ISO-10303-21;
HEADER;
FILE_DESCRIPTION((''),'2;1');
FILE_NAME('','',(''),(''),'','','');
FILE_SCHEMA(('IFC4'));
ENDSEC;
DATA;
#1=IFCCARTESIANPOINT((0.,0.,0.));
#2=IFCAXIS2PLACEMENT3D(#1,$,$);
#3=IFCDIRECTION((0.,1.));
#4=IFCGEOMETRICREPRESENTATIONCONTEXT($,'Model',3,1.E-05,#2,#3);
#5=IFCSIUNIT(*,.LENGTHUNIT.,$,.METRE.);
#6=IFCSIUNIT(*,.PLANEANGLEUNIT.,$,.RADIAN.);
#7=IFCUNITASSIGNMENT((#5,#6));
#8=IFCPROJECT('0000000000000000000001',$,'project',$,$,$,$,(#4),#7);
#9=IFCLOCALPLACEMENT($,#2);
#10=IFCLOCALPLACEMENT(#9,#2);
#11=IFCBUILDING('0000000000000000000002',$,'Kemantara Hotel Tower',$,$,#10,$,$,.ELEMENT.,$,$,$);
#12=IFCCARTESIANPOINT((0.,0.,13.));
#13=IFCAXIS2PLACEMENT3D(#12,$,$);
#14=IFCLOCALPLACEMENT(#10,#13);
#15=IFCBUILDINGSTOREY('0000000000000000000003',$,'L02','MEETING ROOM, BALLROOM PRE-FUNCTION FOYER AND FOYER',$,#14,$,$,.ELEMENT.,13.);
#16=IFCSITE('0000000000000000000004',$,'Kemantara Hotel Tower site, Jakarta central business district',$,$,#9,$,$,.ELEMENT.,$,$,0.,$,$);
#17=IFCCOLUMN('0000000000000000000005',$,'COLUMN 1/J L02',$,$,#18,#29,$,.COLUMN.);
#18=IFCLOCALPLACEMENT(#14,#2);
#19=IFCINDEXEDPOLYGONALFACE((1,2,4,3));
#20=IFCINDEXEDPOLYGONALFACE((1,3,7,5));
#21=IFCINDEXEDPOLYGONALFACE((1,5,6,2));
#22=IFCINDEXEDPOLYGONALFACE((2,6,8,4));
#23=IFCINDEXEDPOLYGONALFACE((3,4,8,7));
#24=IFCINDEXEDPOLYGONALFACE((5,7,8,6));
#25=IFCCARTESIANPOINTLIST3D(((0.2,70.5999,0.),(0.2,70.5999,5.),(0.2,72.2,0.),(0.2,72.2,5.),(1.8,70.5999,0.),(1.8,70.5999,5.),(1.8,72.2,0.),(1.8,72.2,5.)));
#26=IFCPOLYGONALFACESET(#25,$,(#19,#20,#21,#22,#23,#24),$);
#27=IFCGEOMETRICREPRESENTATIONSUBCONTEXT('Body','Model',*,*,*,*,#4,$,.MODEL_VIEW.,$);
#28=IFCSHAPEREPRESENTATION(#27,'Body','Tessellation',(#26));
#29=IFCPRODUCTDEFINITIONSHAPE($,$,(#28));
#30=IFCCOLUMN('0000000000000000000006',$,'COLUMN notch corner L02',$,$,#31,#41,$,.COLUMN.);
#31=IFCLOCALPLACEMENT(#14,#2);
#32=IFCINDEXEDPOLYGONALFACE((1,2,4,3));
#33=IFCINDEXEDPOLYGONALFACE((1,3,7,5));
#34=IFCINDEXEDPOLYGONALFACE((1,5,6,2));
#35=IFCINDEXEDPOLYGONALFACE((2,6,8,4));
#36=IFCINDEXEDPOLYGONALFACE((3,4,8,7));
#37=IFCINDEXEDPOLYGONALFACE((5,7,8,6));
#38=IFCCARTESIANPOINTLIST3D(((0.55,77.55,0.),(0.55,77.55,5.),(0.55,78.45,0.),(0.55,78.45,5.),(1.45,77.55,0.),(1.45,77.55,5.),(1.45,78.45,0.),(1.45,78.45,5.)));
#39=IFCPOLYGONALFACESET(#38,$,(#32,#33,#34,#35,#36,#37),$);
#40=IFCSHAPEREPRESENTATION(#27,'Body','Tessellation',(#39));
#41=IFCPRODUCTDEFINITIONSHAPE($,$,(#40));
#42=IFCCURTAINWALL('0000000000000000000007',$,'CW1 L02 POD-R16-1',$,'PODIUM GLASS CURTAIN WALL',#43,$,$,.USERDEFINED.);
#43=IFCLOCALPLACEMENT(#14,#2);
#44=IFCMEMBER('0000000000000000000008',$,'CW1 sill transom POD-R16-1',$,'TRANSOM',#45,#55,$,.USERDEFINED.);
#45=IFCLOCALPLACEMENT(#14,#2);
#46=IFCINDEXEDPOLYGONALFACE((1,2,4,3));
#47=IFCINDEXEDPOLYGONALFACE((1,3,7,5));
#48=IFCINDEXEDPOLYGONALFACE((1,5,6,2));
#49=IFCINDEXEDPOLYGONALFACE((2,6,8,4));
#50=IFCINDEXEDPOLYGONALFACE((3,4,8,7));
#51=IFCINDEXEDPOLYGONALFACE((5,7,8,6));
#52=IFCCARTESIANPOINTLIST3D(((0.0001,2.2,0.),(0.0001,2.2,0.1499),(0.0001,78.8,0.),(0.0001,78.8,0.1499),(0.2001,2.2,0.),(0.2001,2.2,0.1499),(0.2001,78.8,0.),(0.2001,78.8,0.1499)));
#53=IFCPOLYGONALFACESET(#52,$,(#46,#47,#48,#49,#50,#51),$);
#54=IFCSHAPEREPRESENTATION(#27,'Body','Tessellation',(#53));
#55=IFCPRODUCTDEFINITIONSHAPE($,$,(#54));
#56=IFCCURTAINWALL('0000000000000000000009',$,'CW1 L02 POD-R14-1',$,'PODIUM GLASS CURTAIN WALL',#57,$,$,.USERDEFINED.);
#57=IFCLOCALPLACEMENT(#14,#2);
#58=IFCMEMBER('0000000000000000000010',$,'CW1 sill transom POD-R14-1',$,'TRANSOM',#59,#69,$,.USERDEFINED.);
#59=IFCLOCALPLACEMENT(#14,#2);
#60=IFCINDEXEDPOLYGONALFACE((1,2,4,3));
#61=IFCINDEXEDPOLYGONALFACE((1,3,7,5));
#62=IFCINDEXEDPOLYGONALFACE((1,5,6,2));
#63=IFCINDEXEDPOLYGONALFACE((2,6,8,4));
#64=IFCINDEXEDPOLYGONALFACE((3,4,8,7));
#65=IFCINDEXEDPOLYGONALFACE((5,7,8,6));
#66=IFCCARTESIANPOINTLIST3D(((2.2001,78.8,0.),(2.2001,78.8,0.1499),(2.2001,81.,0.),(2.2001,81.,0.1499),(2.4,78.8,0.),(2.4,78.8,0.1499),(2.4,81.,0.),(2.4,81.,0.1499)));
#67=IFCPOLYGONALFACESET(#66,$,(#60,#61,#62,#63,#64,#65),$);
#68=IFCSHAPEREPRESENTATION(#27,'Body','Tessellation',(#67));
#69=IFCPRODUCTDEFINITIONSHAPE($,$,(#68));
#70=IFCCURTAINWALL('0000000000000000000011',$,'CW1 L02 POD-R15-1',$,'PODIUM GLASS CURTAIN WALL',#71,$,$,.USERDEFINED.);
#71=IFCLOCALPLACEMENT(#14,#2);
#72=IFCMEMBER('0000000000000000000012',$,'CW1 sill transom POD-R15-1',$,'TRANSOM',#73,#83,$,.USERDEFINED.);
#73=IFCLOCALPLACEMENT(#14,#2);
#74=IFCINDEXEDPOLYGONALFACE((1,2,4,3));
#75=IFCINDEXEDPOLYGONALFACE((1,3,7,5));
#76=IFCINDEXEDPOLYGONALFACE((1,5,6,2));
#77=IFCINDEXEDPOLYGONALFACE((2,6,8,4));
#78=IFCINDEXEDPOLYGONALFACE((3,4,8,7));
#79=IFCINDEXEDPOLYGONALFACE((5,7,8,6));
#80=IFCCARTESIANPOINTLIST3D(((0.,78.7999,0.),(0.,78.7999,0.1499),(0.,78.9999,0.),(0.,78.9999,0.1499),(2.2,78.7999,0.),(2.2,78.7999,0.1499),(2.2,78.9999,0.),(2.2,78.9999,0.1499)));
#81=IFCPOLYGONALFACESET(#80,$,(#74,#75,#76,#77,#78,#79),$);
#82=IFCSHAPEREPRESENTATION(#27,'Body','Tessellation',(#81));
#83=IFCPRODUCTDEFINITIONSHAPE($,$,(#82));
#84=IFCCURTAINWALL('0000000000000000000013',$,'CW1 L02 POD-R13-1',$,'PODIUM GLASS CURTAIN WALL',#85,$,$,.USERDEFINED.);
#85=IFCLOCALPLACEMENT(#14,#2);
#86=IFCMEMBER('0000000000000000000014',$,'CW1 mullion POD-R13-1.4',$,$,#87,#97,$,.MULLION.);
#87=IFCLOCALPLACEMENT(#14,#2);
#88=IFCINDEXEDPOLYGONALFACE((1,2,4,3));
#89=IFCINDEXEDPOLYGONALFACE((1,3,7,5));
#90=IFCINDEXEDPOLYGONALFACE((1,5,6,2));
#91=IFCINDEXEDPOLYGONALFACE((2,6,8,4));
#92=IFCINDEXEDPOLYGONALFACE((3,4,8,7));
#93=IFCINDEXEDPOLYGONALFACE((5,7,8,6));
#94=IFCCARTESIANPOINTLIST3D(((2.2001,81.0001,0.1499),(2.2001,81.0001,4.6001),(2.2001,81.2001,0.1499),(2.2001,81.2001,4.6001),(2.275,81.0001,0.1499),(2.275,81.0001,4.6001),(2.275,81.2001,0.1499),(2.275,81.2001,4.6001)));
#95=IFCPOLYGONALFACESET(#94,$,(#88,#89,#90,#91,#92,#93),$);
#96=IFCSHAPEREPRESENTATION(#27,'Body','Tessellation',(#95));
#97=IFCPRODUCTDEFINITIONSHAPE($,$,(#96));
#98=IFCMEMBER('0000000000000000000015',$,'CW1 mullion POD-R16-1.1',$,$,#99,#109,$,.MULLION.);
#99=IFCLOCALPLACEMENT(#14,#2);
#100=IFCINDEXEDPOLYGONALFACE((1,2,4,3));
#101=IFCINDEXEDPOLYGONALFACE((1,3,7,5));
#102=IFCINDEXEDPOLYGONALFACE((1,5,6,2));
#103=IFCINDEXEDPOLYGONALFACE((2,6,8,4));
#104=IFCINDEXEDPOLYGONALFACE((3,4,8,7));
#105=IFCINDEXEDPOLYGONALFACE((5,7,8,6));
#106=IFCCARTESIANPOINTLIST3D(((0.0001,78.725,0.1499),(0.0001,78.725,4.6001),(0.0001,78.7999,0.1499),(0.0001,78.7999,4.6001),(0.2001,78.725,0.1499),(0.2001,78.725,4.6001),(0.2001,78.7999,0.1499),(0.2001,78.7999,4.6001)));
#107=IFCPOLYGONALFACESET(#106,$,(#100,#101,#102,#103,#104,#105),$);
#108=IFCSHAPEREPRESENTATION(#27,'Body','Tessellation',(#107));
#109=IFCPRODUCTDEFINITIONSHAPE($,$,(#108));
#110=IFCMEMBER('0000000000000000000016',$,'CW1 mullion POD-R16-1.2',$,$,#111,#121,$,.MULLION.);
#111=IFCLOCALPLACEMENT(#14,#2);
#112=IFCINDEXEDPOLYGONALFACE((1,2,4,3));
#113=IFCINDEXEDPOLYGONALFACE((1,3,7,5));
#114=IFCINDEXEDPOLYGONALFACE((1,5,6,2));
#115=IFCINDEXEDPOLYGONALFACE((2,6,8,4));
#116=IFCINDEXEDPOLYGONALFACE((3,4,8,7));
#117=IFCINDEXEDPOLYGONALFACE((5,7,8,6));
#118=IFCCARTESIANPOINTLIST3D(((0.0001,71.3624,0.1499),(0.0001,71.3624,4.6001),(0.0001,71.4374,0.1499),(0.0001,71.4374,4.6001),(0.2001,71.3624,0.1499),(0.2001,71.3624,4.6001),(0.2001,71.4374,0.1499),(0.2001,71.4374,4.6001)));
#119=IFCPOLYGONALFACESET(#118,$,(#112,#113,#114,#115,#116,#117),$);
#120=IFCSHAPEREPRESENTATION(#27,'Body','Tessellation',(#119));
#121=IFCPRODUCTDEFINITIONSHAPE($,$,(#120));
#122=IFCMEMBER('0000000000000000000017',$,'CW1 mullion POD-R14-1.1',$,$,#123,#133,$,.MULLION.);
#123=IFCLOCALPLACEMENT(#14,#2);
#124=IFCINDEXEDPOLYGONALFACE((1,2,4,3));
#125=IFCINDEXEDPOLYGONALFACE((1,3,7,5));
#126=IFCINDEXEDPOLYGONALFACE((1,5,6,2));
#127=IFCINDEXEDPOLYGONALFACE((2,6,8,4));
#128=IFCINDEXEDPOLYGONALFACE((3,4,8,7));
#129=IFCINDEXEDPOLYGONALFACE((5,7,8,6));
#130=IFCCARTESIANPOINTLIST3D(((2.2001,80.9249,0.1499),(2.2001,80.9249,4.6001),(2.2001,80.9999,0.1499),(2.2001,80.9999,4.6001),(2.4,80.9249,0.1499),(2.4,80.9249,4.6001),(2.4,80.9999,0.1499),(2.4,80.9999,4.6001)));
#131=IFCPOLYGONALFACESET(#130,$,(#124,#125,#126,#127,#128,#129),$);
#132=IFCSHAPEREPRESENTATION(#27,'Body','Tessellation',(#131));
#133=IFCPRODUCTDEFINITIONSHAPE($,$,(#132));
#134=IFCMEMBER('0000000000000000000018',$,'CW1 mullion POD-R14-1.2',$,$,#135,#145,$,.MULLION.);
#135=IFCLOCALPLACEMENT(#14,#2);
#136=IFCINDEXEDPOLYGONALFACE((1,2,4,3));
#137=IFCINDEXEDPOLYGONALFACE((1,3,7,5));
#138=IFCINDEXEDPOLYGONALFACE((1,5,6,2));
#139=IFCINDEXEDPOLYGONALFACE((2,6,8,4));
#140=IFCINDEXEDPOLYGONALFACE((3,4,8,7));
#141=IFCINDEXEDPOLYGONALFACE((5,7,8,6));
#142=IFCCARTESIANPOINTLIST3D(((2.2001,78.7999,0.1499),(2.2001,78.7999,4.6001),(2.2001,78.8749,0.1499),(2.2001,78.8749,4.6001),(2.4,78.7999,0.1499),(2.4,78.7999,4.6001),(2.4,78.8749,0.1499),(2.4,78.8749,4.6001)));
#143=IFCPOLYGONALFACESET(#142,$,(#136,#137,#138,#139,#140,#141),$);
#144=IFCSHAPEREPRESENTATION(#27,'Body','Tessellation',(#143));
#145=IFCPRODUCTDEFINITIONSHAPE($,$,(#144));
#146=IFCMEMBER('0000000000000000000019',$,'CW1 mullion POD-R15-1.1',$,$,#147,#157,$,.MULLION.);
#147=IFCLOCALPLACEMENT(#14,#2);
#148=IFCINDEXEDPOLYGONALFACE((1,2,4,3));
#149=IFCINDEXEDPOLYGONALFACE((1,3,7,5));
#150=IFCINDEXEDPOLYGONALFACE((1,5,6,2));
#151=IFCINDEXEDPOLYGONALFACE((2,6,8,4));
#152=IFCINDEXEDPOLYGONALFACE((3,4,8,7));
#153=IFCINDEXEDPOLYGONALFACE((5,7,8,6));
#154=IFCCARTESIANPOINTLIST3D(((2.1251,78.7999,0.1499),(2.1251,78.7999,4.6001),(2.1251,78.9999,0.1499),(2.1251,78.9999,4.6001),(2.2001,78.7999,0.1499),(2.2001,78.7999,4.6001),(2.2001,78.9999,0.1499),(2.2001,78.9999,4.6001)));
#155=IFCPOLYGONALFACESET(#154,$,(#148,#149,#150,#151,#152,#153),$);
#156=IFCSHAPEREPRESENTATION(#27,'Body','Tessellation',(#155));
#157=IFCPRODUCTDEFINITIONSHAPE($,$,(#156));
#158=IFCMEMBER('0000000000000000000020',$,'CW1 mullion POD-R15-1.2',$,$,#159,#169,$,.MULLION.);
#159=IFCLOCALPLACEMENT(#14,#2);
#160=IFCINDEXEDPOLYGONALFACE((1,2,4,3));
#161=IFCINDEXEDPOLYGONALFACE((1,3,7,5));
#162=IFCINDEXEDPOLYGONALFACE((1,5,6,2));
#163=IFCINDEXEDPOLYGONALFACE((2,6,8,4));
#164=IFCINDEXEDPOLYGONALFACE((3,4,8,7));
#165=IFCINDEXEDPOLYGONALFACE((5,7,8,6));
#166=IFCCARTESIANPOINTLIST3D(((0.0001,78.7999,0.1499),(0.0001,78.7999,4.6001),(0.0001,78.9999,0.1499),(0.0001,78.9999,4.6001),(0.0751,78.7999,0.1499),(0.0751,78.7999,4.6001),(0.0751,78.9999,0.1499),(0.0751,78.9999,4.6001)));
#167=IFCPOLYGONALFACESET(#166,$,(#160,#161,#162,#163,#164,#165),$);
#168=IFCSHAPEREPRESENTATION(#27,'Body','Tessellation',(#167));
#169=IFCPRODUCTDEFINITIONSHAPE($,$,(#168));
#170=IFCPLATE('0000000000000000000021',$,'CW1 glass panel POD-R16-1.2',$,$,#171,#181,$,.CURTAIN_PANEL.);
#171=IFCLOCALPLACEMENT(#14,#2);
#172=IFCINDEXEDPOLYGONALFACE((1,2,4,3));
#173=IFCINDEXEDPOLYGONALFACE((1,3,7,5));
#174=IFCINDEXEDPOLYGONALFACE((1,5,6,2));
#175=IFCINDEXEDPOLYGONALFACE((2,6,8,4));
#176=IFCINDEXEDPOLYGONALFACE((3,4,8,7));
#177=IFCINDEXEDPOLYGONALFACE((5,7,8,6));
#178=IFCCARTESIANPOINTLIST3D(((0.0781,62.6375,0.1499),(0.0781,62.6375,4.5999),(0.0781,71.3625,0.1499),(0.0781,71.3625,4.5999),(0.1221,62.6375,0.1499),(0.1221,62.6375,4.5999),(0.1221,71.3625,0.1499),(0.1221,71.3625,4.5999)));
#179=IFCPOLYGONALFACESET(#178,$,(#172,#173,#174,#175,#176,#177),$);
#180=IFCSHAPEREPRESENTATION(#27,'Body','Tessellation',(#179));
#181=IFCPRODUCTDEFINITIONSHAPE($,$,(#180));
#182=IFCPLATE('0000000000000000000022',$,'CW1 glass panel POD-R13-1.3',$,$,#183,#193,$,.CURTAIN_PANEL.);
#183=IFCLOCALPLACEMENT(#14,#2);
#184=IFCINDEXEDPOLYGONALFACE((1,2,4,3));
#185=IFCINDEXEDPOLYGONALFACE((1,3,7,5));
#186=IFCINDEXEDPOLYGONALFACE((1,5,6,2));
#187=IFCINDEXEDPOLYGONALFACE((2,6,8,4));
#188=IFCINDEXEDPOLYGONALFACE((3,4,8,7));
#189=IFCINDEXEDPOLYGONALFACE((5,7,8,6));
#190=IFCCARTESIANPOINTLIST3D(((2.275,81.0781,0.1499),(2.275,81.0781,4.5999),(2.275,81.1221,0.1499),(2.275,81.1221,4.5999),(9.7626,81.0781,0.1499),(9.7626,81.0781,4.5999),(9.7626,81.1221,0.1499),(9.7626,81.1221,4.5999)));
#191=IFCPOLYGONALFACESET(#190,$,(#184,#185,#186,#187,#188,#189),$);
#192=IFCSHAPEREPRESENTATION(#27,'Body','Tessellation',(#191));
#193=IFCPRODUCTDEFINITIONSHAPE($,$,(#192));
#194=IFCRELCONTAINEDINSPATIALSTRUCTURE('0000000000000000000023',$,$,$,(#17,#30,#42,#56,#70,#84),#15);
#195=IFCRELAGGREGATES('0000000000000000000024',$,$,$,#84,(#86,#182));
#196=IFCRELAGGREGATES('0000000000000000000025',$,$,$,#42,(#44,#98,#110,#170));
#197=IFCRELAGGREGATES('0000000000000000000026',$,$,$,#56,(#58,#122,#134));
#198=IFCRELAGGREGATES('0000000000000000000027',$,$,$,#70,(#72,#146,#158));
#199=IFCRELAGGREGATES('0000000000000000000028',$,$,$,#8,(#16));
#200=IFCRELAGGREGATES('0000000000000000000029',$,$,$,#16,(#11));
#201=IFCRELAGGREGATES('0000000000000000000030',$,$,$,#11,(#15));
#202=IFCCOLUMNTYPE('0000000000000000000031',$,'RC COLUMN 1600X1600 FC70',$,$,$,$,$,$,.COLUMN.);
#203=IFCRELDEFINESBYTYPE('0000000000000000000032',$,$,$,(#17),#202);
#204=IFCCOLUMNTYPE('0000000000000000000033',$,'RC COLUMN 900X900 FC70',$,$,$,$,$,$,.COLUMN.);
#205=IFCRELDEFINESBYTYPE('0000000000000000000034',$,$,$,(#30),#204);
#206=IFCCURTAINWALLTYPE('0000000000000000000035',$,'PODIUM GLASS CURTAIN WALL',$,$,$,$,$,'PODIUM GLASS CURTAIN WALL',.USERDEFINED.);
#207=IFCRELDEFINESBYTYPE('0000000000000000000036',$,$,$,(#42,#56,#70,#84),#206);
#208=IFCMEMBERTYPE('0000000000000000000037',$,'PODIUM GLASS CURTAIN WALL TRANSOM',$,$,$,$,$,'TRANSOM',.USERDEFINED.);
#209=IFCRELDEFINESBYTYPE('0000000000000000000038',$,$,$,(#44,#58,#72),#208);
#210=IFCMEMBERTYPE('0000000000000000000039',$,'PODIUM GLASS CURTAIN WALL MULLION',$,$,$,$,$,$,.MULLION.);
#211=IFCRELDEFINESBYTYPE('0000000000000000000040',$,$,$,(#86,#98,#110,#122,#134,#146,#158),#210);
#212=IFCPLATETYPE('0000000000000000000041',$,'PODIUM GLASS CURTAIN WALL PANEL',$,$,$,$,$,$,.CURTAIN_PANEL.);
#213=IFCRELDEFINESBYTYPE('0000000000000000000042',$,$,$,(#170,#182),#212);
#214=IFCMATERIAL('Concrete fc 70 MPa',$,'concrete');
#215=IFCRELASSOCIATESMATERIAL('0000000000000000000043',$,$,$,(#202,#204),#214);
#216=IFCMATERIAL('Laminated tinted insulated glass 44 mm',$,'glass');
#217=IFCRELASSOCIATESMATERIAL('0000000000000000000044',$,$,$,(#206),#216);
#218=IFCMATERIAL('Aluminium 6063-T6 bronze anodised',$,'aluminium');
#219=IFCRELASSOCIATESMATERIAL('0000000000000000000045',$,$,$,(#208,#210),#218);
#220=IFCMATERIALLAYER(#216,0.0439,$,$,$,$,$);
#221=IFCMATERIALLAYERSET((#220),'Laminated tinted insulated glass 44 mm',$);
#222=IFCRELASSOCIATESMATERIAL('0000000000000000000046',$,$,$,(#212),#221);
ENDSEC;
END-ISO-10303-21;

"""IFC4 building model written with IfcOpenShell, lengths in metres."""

from ifc_helpers import new_model, si_unit, direction, frame, origin, origin_2d, place, context, subcontext, project, spatial, rectangle, extrude, source, transform, mapped, material, layer, layer_set, material_profile, profile_set, type_object, element, aggregate, save


model = new_model("IFC4")

# Units and contexts
model_context = context("Model", 3, precision=1e-05, world=origin(), true_north=direction((0.0, 1.0)))
body_context = subcontext(model_context, "Body", "Model", "MODEL_VIEW")
ifc_project = project(units=[si_unit("LENGTHUNIT", "METRE"), si_unit("PLANEANGLEUNIT", "RADIAN")], contexts=[model_context])

# Site, building, storey
site_placement = place(None, origin())
site = spatial("IfcSite", under=ifc_project, at=site_placement, Name="Kemantara Hotel Tower site, Jakarta central business district", CompositionType="ELEMENT", RefElevation=0.0)
building_placement = place(site_placement, origin())
building = spatial("IfcBuilding", under=site, at=building_placement, Name="Kemantara Hotel Tower", CompositionType="ELEMENT")
storey_placement = place(building_placement, frame((0.0, 0.0, 13.0)))
storey = spatial("IfcBuildingStorey", under=building, at=storey_placement, Name="L02", Description="MEETING ROOM, BALLROOM PRE-FUNCTION FOYER AND FOYER", CompositionType="ELEMENT", Elevation=13.0)

# Columns
ifc_material_1 = material(Name="Concrete fc 70 MPa", Category="concrete")
ifc_material_profile_1 = material_profile(ifc_material_1, rectangle(XDim=1.6001, YDim=1.6001, at=origin_2d()), Name="RC 1600X1600")
ifc_profile_set_1 = profile_set([ifc_material_profile_1], Name="Concrete fc 70 MPa")
column_type_1 = type_object("IfcColumnType", Name="RC COLUMN 1600X1600 FC70", PredefinedType="COLUMN", material=ifc_profile_set_1)
column_1_placement = place(storey_placement, frame((1.0, 71.3999, 0.0), z_axis=(0.0, 0.0, 1.0), x_axis=(1.0, 0.0, 0.0)))
element("IfcColumn", 1, at=column_1_placement, inside=storey, type_object=column_type_1, Name="COLUMN 1/J L02", PredefinedType="COLUMN", context=body_context, shape_type="SweptSolid", body=[
    extrude(rectangle(XDim=1.6001, YDim=1.6001, at=origin_2d()), origin(), (0.0, 0.0, 1.0), 5.0),
])
ifc_material_profile_2 = material_profile(ifc_material_1, rectangle(XDim=0.8999, YDim=0.8999, at=origin_2d()), Name="RC 900X900")
ifc_profile_set_2 = profile_set([ifc_material_profile_2], Name="Concrete fc 70 MPa")
column_type_2 = type_object("IfcColumnType", Name="RC COLUMN 900X900 FC70", PredefinedType="COLUMN", material=ifc_profile_set_2)
column_2_placement = place(storey_placement, frame((1.0, 78.0, 0.0), z_axis=(0.0, 0.0, 1.0), x_axis=(1.0, 0.0, 0.0)))
element("IfcColumn", 2, at=column_2_placement, inside=storey, type_object=column_type_2, Name="COLUMN notch corner L02", PredefinedType="COLUMN", context=body_context, shape_type="SweptSolid", body=[
    extrude(rectangle(XDim=0.8999, YDim=0.8999, at=origin_2d()), origin(), (0.0, 0.0, 1.0), 5.0),
])

# Curtain walls, members
ifc_material_2 = material(Name="Laminated tinted insulated glass 44 mm", Category="glass")
curtain_wall_type = type_object("IfcCurtainWallType", Name="PODIUM GLASS CURTAIN WALL", ElementType="PODIUM GLASS CURTAIN WALL", PredefinedType="USERDEFINED", material=ifc_material_2)
curtain_wall_1_placement = place(storey_placement, origin())
curtain_wall_1 = element("IfcCurtainWall", 3, at=curtain_wall_1_placement, inside=storey, type_object=curtain_wall_type, Name="CW1 L02 POD-R16-1", ObjectType="PODIUM GLASS CURTAIN WALL", PredefinedType="USERDEFINED")
ifc_material_3 = material(Name="Aluminium 6063-T6 bronze anodised", Category="aluminium")
ifc_material_profile_3 = material_profile(ifc_material_3, rectangle(XDim=0.2, YDim=0.1499, at=origin_2d()), Name="PODIUM GLASS CURTAIN WALL TRANSOM")
ifc_profile_set_3 = profile_set([ifc_material_profile_3], Name="Aluminium 6063-T6 bronze anodised")
member_type_1 = type_object("IfcMemberType", Name="PODIUM GLASS CURTAIN WALL TRANSOM", ElementType="TRANSOM", PredefinedType="USERDEFINED", material=ifc_profile_set_3)
member_1_placement = place(storey_placement, frame((0.1001, 78.8, 0.075), z_axis=(0.0, -1.0, 0.0), x_axis=(1.0, 0.0, 0.0)))
member_1 = element("IfcMember", 4, at=member_1_placement, type_object=member_type_1, Name="CW1 sill transom POD-R16-1", ObjectType="TRANSOM", PredefinedType="USERDEFINED", context=body_context, shape_type="SweptSolid", body=[
    extrude(rectangle(XDim=0.2, YDim=0.1499, at=origin_2d()), origin(), (0.0, 0.0, 1.0), 76.6001),
])
curtain_wall_2_placement = place(storey_placement, origin())
curtain_wall_2 = element("IfcCurtainWall", 5, at=curtain_wall_2_placement, inside=storey, type_object=curtain_wall_type, Name="CW1 L02 POD-R14-1", ObjectType="PODIUM GLASS CURTAIN WALL", PredefinedType="USERDEFINED")
member_2_placement = place(storey_placement, frame((2.3, 81.0, 0.075), z_axis=(0.0, -1.0, 0.0), x_axis=(1.0, 0.0, 0.0)))
member_2 = element("IfcMember", 6, at=member_2_placement, type_object=member_type_1, Name="CW1 sill transom POD-R14-1", ObjectType="TRANSOM", PredefinedType="USERDEFINED", context=body_context, shape_type="SweptSolid", body=[
    extrude(rectangle(XDim=0.2, YDim=0.1499, at=origin_2d()), origin(), (0.0, 0.0, 1.0), 2.2),
])
curtain_wall_3_placement = place(storey_placement, origin())
curtain_wall_3 = element("IfcCurtainWall", 7, at=curtain_wall_3_placement, inside=storey, type_object=curtain_wall_type, Name="CW1 L02 POD-R15-1", ObjectType="PODIUM GLASS CURTAIN WALL", PredefinedType="USERDEFINED")
member_3_placement = place(storey_placement, frame((2.2, 78.8999, 0.075), z_axis=(-1.0, 0.0, 0.0), x_axis=(0.0, -1.0, 0.0)))
member_3 = element("IfcMember", 8, at=member_3_placement, type_object=member_type_1, Name="CW1 sill transom POD-R15-1", ObjectType="TRANSOM", PredefinedType="USERDEFINED", context=body_context, shape_type="SweptSolid", body=[
    extrude(rectangle(XDim=0.2, YDim=0.1499, at=origin_2d()), origin(), (0.0, 0.0, 1.0), 2.2),
])
curtain_wall_4_placement = place(storey_placement, origin())
curtain_wall_4 = element("IfcCurtainWall", 9, at=curtain_wall_4_placement, inside=storey, type_object=curtain_wall_type, Name="CW1 L02 POD-R13-1", ObjectType="PODIUM GLASS CURTAIN WALL", PredefinedType="USERDEFINED")
ifc_material_profile_4 = material_profile(ifc_material_3, rectangle(XDim=0.2, YDim=0.075, at=origin_2d()), Name="PODIUM GLASS CURTAIN WALL MULLION")
ifc_profile_set_4 = profile_set([ifc_material_profile_4], Name="Aluminium 6063-T6 bronze anodised")
member_type_2 = type_object("IfcMemberType", Name="PODIUM GLASS CURTAIN WALL MULLION", PredefinedType="MULLION", material=ifc_profile_set_4)
shared_shape_1 = source(origin(), body_context, "Body", "SweptSolid", [
    extrude(rectangle(XDim=0.2, YDim=0.075, at=origin_2d()), origin(), (0.0, 0.0, 1.0), 4.4502),
])
member_4_placement = place(storey_placement, frame((2.2375, 81.1001, 0.1499), z_axis=(0.0, 0.0, 1.0), x_axis=(0.0, -1.0, 0.0)))
member_4 = element("IfcMember", 10, at=member_4_placement, type_object=member_type_2, Name="CW1 mullion POD-R13-1.4", PredefinedType="MULLION", context=body_context, shape_type="MappedRepresentation", body=[
    mapped(shared_shape_1, transform((0.0, 0.0, 0.0))),
])

# Members
member_5_placement = place(storey_placement, frame((0.1001, 78.7625, 0.1499), z_axis=(0.0, 0.0, 1.0), x_axis=(1.0, 0.0, 0.0)))
member_5 = element("IfcMember", 11, at=member_5_placement, type_object=member_type_2, Name="CW1 mullion POD-R16-1.1", PredefinedType="MULLION", context=body_context, shape_type="MappedRepresentation", body=[
    mapped(shared_shape_1, transform((0.0, 0.0, 0.0))),
])
member_6_placement = place(storey_placement, frame((0.1001, 71.3999, 0.1499), z_axis=(0.0, 0.0, 1.0), x_axis=(1.0, 0.0, 0.0)))
member_6 = element("IfcMember", 12, at=member_6_placement, type_object=member_type_2, Name="CW1 mullion POD-R16-1.2", PredefinedType="MULLION", context=body_context, shape_type="MappedRepresentation", body=[
    mapped(shared_shape_1, transform((0.0, 0.0, 0.0))),
])
member_7_placement = place(storey_placement, frame((2.3, 80.9624, 0.1499), z_axis=(0.0, 0.0, 1.0), x_axis=(1.0, 0.0, 0.0)))
member_7 = element("IfcMember", 13, at=member_7_placement, type_object=member_type_2, Name="CW1 mullion POD-R14-1.1", PredefinedType="MULLION", context=body_context, shape_type="MappedRepresentation", body=[
    mapped(shared_shape_1, transform((0.0, 0.0, 0.0))),
])
member_8_placement = place(storey_placement, frame((2.3, 78.8374, 0.1499), z_axis=(0.0, 0.0, 1.0), x_axis=(1.0, 0.0, 0.0)))
member_8 = element("IfcMember", 14, at=member_8_placement, type_object=member_type_2, Name="CW1 mullion POD-R14-1.2", PredefinedType="MULLION", context=body_context, shape_type="MappedRepresentation", body=[
    mapped(shared_shape_1, transform((0.0, 0.0, 0.0))),
])
member_9_placement = place(storey_placement, frame((2.1626, 78.8999, 0.1499), z_axis=(0.0, 0.0, 1.0), x_axis=(0.0, -1.0, 0.0)))
member_9 = element("IfcMember", 15, at=member_9_placement, type_object=member_type_2, Name="CW1 mullion POD-R15-1.1", PredefinedType="MULLION", context=body_context, shape_type="MappedRepresentation", body=[
    mapped(shared_shape_1, transform((0.0, 0.0, 0.0))),
])
member_10_placement = place(storey_placement, frame((0.0376, 78.8999, 0.1499), z_axis=(0.0, 0.0, 1.0), x_axis=(0.0, -1.0, 0.0)))
member_10 = element("IfcMember", 16, at=member_10_placement, type_object=member_type_2, Name="CW1 mullion POD-R15-1.2", PredefinedType="MULLION", context=body_context, shape_type="MappedRepresentation", body=[
    mapped(shared_shape_1, transform((0.0, 0.0, 0.0))),
])

# Plates
ifc_layer_1 = layer(ifc_material_2, 0.0439)
ifc_layer_set_1 = layer_set([ifc_layer_1], Name="Laminated tinted insulated glass 44 mm")
plate_type = type_object("IfcPlateType", Name="PODIUM GLASS CURTAIN WALL PANEL", PredefinedType="CURTAIN_PANEL", material=ifc_layer_set_1)
shared_shape_2 = source(origin(), body_context, "Body", "SweptSolid", [
    extrude(rectangle(XDim=8.7251, YDim=0.0439, at=origin_2d()), origin(), (0.0, 0.0, 1.0), 4.45),
])
plate_1_placement = place(storey_placement, frame((0.1001, 67.0, 0.1499), z_axis=(0.0, 0.0, 1.0), x_axis=(0.0, -1.0, 0.0)))
plate_1 = element("IfcPlate", 17, at=plate_1_placement, type_object=plate_type, Name="CW1 glass panel POD-R16-1.2", PredefinedType="CURTAIN_PANEL", context=body_context, shape_type="MappedRepresentation", body=[
    mapped(shared_shape_2, transform((0.0, 0.0, 0.0))),
])
shared_shape_3 = source(origin(), body_context, "Body", "SweptSolid", [
    extrude(rectangle(XDim=7.4875, YDim=0.0439, at=origin_2d()), origin(), (0.0, 0.0, 1.0), 4.45),
])
plate_2_placement = place(storey_placement, frame((6.0188, 81.1001, 0.1499), z_axis=(0.0, 0.0, 1.0), x_axis=(-1.0, 0.0, 0.0)))
plate_2 = element("IfcPlate", 18, at=plate_2_placement, type_object=plate_type, Name="CW1 glass panel POD-R13-1.3", PredefinedType="CURTAIN_PANEL", context=body_context, shape_type="MappedRepresentation", body=[
    mapped(shared_shape_3, transform((0.0, 0.0, 0.0))),
])
aggregate(curtain_wall_4, [member_4, plate_2])
aggregate(curtain_wall_1, [member_1, member_5, member_6, plate_1])
aggregate(curtain_wall_2, [member_2, member_7, member_8])
aggregate(curtain_wall_3, [member_3, member_9, member_10])

save(model, "model.ifc")
